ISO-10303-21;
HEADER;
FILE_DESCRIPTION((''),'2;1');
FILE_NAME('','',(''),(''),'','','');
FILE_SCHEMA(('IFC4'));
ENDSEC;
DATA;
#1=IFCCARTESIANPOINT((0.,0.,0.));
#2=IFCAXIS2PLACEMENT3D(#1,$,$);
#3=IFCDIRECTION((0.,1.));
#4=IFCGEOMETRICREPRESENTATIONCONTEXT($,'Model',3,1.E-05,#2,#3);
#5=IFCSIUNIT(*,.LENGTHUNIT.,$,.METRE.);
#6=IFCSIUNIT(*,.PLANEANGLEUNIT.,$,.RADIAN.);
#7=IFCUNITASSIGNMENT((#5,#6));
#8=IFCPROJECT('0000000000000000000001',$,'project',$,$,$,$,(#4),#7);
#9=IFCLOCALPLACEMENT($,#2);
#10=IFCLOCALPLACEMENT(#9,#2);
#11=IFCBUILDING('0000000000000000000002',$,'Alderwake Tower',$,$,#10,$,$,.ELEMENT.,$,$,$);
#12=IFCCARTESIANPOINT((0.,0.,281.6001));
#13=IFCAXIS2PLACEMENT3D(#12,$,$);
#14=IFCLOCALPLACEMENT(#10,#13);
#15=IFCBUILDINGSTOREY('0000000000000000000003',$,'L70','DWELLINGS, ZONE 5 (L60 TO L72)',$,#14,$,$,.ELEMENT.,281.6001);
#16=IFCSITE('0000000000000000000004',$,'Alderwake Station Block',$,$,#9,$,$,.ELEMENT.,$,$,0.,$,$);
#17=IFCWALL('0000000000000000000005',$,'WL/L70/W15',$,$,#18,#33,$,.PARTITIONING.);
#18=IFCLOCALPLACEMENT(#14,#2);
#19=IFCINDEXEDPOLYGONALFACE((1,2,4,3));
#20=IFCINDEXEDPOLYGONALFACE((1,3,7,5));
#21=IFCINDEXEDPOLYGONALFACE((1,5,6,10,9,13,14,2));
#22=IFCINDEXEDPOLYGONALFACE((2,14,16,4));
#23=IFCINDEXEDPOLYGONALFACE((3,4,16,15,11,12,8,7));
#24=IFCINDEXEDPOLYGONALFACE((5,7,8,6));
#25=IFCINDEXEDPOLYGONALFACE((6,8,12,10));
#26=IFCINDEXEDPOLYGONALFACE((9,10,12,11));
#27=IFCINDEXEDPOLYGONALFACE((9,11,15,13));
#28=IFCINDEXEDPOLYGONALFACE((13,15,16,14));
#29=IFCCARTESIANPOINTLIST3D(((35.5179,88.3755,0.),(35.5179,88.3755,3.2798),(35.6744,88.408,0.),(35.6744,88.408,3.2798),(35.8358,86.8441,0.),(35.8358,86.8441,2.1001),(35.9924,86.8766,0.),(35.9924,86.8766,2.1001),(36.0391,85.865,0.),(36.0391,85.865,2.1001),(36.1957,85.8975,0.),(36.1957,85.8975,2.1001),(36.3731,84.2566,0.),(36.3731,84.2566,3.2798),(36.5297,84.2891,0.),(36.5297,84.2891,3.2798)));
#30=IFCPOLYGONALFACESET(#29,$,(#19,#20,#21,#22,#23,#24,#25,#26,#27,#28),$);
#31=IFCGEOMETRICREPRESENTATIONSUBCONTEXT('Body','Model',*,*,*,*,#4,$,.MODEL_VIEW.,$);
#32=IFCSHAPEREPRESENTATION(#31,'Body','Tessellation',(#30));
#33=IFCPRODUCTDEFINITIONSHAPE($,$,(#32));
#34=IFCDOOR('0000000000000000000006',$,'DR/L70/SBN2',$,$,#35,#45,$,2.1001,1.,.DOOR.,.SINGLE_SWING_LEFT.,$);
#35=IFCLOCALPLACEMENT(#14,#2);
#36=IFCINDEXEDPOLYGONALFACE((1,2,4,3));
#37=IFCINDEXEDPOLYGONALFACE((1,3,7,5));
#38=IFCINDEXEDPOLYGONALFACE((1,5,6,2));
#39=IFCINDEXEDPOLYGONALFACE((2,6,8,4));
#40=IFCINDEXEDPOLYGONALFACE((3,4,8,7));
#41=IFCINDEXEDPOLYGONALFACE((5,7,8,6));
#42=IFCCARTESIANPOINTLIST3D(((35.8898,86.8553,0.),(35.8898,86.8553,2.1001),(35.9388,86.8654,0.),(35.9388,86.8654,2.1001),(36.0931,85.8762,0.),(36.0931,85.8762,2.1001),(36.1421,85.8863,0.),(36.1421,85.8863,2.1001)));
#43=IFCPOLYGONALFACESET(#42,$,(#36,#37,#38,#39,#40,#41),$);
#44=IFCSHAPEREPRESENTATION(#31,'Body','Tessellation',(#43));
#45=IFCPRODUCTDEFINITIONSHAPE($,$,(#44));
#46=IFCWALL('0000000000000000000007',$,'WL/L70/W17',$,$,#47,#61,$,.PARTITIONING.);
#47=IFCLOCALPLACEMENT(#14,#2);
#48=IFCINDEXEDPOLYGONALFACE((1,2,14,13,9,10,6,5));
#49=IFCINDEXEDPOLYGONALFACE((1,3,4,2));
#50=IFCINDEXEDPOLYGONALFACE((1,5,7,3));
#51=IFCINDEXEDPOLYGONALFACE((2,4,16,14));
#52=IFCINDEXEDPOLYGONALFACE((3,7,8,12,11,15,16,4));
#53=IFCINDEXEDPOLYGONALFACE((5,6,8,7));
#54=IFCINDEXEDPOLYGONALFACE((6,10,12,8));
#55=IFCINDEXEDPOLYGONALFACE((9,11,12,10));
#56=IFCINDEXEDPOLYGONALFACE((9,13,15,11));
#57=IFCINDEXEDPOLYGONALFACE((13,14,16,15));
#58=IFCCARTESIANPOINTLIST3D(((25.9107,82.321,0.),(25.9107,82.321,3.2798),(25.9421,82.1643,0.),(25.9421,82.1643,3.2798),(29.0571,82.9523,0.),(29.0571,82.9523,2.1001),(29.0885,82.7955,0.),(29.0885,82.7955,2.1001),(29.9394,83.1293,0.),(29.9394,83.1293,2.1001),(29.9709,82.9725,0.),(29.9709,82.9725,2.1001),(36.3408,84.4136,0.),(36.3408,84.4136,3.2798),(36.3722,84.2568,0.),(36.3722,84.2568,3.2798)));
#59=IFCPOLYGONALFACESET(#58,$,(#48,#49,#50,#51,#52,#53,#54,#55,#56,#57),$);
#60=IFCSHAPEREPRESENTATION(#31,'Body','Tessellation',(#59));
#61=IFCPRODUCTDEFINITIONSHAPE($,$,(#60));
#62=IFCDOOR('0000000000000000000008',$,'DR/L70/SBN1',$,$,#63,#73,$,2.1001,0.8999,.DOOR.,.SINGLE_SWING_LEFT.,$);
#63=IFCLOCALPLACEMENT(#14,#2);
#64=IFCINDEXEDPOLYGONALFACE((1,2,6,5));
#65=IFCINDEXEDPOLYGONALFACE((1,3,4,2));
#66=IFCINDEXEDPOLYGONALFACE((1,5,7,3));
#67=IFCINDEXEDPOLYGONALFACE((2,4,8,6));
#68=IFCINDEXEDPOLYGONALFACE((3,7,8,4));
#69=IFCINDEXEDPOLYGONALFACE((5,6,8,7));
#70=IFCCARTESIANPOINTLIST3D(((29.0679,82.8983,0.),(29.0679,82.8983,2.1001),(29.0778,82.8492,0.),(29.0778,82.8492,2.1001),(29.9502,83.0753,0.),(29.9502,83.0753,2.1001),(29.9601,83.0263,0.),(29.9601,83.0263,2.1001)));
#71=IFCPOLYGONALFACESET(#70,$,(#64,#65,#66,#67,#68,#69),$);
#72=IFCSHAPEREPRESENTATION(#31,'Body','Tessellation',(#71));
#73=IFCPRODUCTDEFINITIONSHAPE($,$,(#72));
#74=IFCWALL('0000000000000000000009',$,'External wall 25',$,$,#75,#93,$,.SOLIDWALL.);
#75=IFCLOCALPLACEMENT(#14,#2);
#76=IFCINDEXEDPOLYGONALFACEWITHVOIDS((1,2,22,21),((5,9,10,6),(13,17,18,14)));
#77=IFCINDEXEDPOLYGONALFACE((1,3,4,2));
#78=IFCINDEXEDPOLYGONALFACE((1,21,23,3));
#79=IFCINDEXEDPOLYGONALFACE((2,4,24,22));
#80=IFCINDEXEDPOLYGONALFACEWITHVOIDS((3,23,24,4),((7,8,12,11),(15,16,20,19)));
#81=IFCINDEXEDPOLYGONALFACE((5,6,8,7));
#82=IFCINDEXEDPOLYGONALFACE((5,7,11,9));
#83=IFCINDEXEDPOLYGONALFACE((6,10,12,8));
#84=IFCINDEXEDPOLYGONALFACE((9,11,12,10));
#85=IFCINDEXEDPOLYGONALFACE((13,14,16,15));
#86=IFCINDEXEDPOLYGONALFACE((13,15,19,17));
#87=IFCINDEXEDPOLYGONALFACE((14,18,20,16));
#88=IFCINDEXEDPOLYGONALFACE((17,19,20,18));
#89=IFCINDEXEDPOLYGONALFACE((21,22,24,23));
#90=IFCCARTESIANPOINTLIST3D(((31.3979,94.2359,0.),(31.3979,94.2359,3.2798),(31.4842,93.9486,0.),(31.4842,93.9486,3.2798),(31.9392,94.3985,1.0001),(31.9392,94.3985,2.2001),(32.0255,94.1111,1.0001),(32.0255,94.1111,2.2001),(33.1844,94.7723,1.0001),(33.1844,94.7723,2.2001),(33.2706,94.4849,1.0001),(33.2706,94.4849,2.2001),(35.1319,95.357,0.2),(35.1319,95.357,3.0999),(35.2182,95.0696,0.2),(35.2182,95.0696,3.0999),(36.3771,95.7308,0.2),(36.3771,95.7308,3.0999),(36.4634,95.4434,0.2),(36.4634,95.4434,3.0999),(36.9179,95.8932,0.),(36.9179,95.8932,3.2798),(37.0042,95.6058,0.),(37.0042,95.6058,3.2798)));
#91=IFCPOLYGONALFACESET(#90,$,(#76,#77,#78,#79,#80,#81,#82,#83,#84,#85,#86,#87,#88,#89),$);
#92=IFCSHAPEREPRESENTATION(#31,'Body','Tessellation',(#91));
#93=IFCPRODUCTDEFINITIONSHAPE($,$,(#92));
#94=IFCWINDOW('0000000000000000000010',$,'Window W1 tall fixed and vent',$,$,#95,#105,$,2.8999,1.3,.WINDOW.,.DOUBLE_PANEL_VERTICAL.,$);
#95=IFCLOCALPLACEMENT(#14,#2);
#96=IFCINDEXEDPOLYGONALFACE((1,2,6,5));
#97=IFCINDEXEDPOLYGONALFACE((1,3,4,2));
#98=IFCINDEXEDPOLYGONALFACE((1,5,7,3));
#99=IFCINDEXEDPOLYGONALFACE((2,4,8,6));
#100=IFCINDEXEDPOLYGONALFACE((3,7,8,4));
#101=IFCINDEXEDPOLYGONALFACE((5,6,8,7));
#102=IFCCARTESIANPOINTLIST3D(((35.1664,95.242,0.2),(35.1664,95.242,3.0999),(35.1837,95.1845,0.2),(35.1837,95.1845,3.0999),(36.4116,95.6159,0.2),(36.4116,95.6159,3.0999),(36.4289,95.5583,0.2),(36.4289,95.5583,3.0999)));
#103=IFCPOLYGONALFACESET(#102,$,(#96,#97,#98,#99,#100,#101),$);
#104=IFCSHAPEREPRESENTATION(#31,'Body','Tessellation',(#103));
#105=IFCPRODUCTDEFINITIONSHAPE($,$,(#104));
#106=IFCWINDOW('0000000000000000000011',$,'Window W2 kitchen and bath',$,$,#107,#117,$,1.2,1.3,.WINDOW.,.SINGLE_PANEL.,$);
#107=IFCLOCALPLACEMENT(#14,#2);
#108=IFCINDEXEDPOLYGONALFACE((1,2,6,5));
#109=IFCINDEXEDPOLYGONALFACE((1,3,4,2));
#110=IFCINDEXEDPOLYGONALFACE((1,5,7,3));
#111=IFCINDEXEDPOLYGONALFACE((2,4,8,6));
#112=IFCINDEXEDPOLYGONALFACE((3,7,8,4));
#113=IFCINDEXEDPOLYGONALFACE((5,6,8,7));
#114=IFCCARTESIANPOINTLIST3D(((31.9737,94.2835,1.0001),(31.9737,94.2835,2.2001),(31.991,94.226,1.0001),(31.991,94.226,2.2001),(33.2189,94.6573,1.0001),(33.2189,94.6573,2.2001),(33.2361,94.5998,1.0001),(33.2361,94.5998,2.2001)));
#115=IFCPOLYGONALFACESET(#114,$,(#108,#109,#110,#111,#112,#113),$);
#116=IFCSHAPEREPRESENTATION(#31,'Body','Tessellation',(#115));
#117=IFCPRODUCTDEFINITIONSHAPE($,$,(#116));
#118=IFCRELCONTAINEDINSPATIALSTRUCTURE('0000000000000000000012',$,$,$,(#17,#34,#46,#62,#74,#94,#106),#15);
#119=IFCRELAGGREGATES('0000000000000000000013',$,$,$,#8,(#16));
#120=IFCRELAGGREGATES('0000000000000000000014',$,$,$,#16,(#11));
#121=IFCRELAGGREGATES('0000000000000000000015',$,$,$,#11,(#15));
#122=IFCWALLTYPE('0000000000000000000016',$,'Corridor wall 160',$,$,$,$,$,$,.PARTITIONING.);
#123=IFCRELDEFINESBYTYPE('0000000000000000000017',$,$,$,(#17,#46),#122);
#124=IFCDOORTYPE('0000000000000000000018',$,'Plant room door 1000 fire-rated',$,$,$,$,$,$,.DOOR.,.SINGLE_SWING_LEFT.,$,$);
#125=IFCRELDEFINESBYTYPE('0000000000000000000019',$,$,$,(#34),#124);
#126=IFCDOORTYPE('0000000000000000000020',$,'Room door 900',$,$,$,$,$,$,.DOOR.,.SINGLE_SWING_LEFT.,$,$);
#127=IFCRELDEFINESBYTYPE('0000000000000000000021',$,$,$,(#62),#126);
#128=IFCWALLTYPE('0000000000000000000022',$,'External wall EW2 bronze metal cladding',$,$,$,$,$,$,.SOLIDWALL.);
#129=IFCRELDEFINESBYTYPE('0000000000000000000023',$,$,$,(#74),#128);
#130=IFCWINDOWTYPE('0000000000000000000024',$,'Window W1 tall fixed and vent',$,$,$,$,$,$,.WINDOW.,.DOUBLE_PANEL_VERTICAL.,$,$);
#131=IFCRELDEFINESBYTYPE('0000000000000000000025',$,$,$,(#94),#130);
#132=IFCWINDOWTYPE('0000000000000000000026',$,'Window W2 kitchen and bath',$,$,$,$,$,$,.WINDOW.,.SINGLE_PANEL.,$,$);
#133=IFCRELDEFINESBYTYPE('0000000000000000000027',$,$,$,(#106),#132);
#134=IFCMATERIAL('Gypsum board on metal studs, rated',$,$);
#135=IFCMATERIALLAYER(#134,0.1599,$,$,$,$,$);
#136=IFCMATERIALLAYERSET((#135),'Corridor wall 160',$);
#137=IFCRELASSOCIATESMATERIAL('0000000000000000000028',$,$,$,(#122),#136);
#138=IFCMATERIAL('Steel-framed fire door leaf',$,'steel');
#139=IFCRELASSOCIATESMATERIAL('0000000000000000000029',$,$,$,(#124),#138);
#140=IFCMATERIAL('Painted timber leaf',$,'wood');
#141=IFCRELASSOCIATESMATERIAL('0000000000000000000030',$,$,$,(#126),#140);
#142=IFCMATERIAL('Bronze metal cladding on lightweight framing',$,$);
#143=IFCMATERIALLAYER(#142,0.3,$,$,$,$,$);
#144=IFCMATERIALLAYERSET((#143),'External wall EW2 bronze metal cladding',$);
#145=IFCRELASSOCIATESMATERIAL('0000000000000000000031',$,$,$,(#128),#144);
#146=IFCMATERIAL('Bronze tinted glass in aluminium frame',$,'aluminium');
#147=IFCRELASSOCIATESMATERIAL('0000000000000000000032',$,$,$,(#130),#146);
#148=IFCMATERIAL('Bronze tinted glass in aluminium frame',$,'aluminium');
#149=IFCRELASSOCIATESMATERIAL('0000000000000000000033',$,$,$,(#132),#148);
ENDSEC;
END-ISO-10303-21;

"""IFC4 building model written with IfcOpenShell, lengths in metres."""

from ifc_helpers import new_model, si_unit, direction, frame, frame_2d, origin, place, context, subcontext, project, spatial, rectangle, extrude, material, layer, layer_set, type_object, element, fill, save


model = new_model("IFC4")

# Units and contexts
model_context = context("Model", 3, precision=1e-05, world=origin(), true_north=direction((0.0, 1.0)))
body_context = subcontext(model_context, "Body", "Model", "MODEL_VIEW")
ifc_project = project(units=[si_unit("LENGTHUNIT", "METRE"), si_unit("PLANEANGLEUNIT", "RADIAN")], contexts=[model_context])

# Site, building, storey
site_placement = place(None, origin())
site = spatial("IfcSite", under=ifc_project, at=site_placement, Name="Alderwake Station Block", CompositionType="ELEMENT", RefElevation=0.0)
building_placement = place(site_placement, origin())
building = spatial("IfcBuilding", under=site, at=building_placement, Name="Alderwake Tower", CompositionType="ELEMENT")
storey_placement = place(building_placement, frame((0.0, 0.0, 281.6001)))
storey = spatial("IfcBuildingStorey", under=building, at=storey_placement, Name="L70", Description="DWELLINGS, ZONE 5 (L60 TO L72)", CompositionType="ELEMENT", Elevation=281.6001)

# Shared definitions
ifc_material_1 = material(Name="Gypsum board on metal studs, rated")
ifc_layer_1 = layer(ifc_material_1, 0.1599)
ifc_layer_set_1 = layer_set([ifc_layer_1], Name="Corridor wall 160")
wall_type_1 = type_object("IfcWallType", Name="Corridor wall 160", PredefinedType="PARTITIONING", material=ifc_layer_set_1)

# Walls, openings, doors
wall_1_placement = place(storey_placement, frame((36.4514, 84.2727, 0.0), z_axis=(0.0, 0.0, 1.0), x_axis=(-0.203298, 0.979117, 0.0)))
wall_1 = element("IfcWall", 1, at=wall_1_placement, inside=storey, type_object=wall_type_1, Name="WL/L70/W15", PredefinedType="PARTITIONING", context=body_context, shape_type="SweptSolid", body=[
    extrude(rectangle(XDim=4.2068, YDim=0.1599, at=frame_2d((2.1035, 0.0))), origin(), (0.0, 0.0, 1.0), 3.2798),
])
opening_1_placement = place(wall_1_placement, frame((1.6428, 0.0, 0.0)))
opening_1 = element("IfcOpeningElement", 2, at=opening_1_placement, cuts=wall_1, PredefinedType="OPENING", context=body_context, shape_type="SweptSolid", body=[
    extrude(rectangle(XDim=1.0, YDim=2.1001, at=frame_2d((0.5, 1.05))), frame((0.0, 0.0898, 0.0), z_axis=(0.0, -1.0, 0.0), x_axis=(1.0, 0.0, 0.0)), (0.0, 0.0, 1.0), 0.1799),
])
ifc_material_2 = material(Name="Steel-framed fire door leaf", Category="steel")
door_type_1 = type_object("IfcDoorType", Name="Plant room door 1000 fire-rated", OperationType="SINGLE_SWING_LEFT", PredefinedType="DOOR", material=ifc_material_2)
door_1_placement = place(opening_1_placement, origin())
door_1 = element("IfcDoor", 3, at=door_1_placement, inside=storey, type_object=door_type_1, Name="DR/L70/SBN2", OperationType="SINGLE_SWING_LEFT", OverallHeight=2.1001, OverallWidth=1.0, PredefinedType="DOOR", context=body_context, shape_type="SweptSolid", body=[
    extrude(rectangle(XDim=1.0, YDim=2.1001, at=frame_2d((0.5, 1.05))), frame((0.0, 0.0249, 0.0), z_axis=(0.0, -1.0, 0.0), x_axis=(1.0, 0.0, 0.0)), (0.0, 0.0, 1.0), 0.05),
])
fill(opening_1, door_1)
wall_2_placement = place(storey_placement, frame((25.9265, 82.2427, 0.0), z_axis=(0.0, 0.0, 1.0), x_axis=(0.980463, 0.196703, 0.0)))
wall_2 = element("IfcWall", 4, at=wall_2_placement, inside=storey, type_object=wall_type_1, Name="WL/L70/W17", PredefinedType="PARTITIONING", context=body_context, shape_type="SweptSolid", body=[
    extrude(rectangle(XDim=10.6379, YDim=0.1599, at=frame_2d((5.3188, 0.0))), origin(), (0.0, 0.0, 1.0), 3.2798),
])
opening_2_placement = place(wall_2_placement, frame((3.209, 0.0, 0.0)))
opening_2 = element("IfcOpeningElement", 5, at=opening_2_placement, cuts=wall_2, PredefinedType="OPENING", context=body_context, shape_type="SweptSolid", body=[
    extrude(rectangle(XDim=0.8999, YDim=2.1001, at=frame_2d((0.45, 1.05))), frame((0.0, 0.0898, 0.0), z_axis=(0.0, -1.0, 0.0), x_axis=(1.0, 0.0, 0.0)), (0.0, 0.0, 1.0), 0.1799),
])
ifc_material_3 = material(Name="Painted timber leaf", Category="wood")
door_type_2 = type_object("IfcDoorType", Name="Room door 900", OperationType="SINGLE_SWING_LEFT", PredefinedType="DOOR", material=ifc_material_3)
door_2_placement = place(opening_2_placement, origin())
door_2 = element("IfcDoor", 6, at=door_2_placement, inside=storey, type_object=door_type_2, Name="DR/L70/SBN1", OperationType="SINGLE_SWING_LEFT", OverallHeight=2.1001, OverallWidth=0.8999, PredefinedType="DOOR", context=body_context, shape_type="SweptSolid", body=[
    extrude(rectangle(XDim=0.8999, YDim=2.1001, at=frame_2d((0.45, 1.05))), frame((0.0, 0.0249, 0.0), z_axis=(0.0, -1.0, 0.0), x_axis=(1.0, 0.0, 0.0)), (0.0, 0.0, 1.0), 0.05),
])
fill(opening_2, door_2)

# Wall, openings, windows
ifc_material_4 = material(Name="Bronze metal cladding on lightweight framing")
ifc_layer_2 = layer(ifc_material_4, 0.3)
ifc_layer_set_2 = layer_set([ifc_layer_2], Name="External wall EW2 bronze metal cladding")
wall_type_2 = type_object("IfcWallType", Name="External wall EW2 bronze metal cladding", PredefinedType="SOLIDWALL", material=ifc_layer_set_2)
wall_3_placement = place(storey_placement, frame((36.9612, 95.7495, 0.0), z_axis=(0.0, 0.0, 1.0), x_axis=(-0.957768, -0.287542, 0.0)))
wall_3 = element("IfcWall", 7, at=wall_3_placement, inside=storey, type_object=wall_type_2, Name="External wall 25", PredefinedType="SOLIDWALL", context=body_context, shape_type="SweptSolid", body=[
    extrude(rectangle(XDim=5.7634, YDim=0.3, at=frame_2d((2.8818, 0.0))), origin(), (0.0, 0.0, 1.0), 3.2798),
])
opening_3_placement = place(wall_3_placement, frame((0.5649, 0.0, 0.2)))
opening_3 = element("IfcOpeningElement", 8, at=opening_3_placement, cuts=wall_3, PredefinedType="OPENING", context=body_context, shape_type="SweptSolid", body=[
    extrude(rectangle(XDim=1.3, YDim=2.8999, at=frame_2d((0.6499, 1.45))), frame((0.0, 0.1599, 0.0), z_axis=(0.0, -1.0, 0.0), x_axis=(1.0, 0.0, 0.0)), (0.0, 0.0, 1.0), 0.3201),
])
opening_4_placement = place(wall_3_placement, frame((3.8984, 0.0, 1.0)))
opening_4 = element("IfcOpeningElement", 9, at=opening_4_placement, cuts=wall_3, PredefinedType="OPENING", context=body_context, shape_type="SweptSolid", body=[
    extrude(rectangle(XDim=1.3, YDim=1.2, at=frame_2d((0.6499, 0.6001))), frame((0.0, 0.1599, 0.0), z_axis=(0.0, -1.0, 0.0), x_axis=(1.0, 0.0, 0.0)), (0.0, 0.0, 1.0), 0.3201),
])
ifc_material_5 = material(Name="Bronze tinted glass in aluminium frame", Category="aluminium")
window_type_1 = type_object("IfcWindowType", Name="Window W1 tall fixed and vent", PartitioningType="DOUBLE_PANEL_VERTICAL", PredefinedType="WINDOW", material=ifc_material_5)
window_1_placement = place(opening_3_placement, origin())
window_1 = element("IfcWindow", 10, at=window_1_placement, inside=storey, type_object=window_type_1, Name="Window W1 tall fixed and vent", OverallHeight=2.8999, OverallWidth=1.3, PartitioningType="DOUBLE_PANEL_VERTICAL", PredefinedType="WINDOW", context=body_context, shape_type="SweptSolid", body=[
    extrude(rectangle(XDim=1.3, YDim=2.8999, at=frame_2d((0.6499, 1.45))), frame((0.0, 0.03, 0.0), z_axis=(0.0, -1.0, 0.0), x_axis=(1.0, 0.0, 0.0)), (0.0, 0.0, 1.0), 0.0601),
])
fill(opening_3, window_1)
ifc_material_6 = material(Name="Bronze tinted glass in aluminium frame", Category="aluminium")
window_type_2 = type_object("IfcWindowType", Name="Window W2 kitchen and bath", PartitioningType="SINGLE_PANEL", PredefinedType="WINDOW", material=ifc_material_6)
window_2_placement = place(opening_4_placement, origin())
window_2 = element("IfcWindow", 11, at=window_2_placement, inside=storey, type_object=window_type_2, Name="Window W2 kitchen and bath", OverallHeight=1.2, OverallWidth=1.3, PartitioningType="SINGLE_PANEL", PredefinedType="WINDOW", context=body_context, shape_type="SweptSolid", body=[
    extrude(rectangle(XDim=1.3, YDim=1.2, at=frame_2d((0.6499, 0.6001))), frame((0.0, 0.03, 0.0), z_axis=(0.0, -1.0, 0.0), x_axis=(1.0, 0.0, 0.0)), (0.0, 0.0, 1.0), 0.0601),
])
fill(opening_4, window_2)

save(model, "model.ifc")
